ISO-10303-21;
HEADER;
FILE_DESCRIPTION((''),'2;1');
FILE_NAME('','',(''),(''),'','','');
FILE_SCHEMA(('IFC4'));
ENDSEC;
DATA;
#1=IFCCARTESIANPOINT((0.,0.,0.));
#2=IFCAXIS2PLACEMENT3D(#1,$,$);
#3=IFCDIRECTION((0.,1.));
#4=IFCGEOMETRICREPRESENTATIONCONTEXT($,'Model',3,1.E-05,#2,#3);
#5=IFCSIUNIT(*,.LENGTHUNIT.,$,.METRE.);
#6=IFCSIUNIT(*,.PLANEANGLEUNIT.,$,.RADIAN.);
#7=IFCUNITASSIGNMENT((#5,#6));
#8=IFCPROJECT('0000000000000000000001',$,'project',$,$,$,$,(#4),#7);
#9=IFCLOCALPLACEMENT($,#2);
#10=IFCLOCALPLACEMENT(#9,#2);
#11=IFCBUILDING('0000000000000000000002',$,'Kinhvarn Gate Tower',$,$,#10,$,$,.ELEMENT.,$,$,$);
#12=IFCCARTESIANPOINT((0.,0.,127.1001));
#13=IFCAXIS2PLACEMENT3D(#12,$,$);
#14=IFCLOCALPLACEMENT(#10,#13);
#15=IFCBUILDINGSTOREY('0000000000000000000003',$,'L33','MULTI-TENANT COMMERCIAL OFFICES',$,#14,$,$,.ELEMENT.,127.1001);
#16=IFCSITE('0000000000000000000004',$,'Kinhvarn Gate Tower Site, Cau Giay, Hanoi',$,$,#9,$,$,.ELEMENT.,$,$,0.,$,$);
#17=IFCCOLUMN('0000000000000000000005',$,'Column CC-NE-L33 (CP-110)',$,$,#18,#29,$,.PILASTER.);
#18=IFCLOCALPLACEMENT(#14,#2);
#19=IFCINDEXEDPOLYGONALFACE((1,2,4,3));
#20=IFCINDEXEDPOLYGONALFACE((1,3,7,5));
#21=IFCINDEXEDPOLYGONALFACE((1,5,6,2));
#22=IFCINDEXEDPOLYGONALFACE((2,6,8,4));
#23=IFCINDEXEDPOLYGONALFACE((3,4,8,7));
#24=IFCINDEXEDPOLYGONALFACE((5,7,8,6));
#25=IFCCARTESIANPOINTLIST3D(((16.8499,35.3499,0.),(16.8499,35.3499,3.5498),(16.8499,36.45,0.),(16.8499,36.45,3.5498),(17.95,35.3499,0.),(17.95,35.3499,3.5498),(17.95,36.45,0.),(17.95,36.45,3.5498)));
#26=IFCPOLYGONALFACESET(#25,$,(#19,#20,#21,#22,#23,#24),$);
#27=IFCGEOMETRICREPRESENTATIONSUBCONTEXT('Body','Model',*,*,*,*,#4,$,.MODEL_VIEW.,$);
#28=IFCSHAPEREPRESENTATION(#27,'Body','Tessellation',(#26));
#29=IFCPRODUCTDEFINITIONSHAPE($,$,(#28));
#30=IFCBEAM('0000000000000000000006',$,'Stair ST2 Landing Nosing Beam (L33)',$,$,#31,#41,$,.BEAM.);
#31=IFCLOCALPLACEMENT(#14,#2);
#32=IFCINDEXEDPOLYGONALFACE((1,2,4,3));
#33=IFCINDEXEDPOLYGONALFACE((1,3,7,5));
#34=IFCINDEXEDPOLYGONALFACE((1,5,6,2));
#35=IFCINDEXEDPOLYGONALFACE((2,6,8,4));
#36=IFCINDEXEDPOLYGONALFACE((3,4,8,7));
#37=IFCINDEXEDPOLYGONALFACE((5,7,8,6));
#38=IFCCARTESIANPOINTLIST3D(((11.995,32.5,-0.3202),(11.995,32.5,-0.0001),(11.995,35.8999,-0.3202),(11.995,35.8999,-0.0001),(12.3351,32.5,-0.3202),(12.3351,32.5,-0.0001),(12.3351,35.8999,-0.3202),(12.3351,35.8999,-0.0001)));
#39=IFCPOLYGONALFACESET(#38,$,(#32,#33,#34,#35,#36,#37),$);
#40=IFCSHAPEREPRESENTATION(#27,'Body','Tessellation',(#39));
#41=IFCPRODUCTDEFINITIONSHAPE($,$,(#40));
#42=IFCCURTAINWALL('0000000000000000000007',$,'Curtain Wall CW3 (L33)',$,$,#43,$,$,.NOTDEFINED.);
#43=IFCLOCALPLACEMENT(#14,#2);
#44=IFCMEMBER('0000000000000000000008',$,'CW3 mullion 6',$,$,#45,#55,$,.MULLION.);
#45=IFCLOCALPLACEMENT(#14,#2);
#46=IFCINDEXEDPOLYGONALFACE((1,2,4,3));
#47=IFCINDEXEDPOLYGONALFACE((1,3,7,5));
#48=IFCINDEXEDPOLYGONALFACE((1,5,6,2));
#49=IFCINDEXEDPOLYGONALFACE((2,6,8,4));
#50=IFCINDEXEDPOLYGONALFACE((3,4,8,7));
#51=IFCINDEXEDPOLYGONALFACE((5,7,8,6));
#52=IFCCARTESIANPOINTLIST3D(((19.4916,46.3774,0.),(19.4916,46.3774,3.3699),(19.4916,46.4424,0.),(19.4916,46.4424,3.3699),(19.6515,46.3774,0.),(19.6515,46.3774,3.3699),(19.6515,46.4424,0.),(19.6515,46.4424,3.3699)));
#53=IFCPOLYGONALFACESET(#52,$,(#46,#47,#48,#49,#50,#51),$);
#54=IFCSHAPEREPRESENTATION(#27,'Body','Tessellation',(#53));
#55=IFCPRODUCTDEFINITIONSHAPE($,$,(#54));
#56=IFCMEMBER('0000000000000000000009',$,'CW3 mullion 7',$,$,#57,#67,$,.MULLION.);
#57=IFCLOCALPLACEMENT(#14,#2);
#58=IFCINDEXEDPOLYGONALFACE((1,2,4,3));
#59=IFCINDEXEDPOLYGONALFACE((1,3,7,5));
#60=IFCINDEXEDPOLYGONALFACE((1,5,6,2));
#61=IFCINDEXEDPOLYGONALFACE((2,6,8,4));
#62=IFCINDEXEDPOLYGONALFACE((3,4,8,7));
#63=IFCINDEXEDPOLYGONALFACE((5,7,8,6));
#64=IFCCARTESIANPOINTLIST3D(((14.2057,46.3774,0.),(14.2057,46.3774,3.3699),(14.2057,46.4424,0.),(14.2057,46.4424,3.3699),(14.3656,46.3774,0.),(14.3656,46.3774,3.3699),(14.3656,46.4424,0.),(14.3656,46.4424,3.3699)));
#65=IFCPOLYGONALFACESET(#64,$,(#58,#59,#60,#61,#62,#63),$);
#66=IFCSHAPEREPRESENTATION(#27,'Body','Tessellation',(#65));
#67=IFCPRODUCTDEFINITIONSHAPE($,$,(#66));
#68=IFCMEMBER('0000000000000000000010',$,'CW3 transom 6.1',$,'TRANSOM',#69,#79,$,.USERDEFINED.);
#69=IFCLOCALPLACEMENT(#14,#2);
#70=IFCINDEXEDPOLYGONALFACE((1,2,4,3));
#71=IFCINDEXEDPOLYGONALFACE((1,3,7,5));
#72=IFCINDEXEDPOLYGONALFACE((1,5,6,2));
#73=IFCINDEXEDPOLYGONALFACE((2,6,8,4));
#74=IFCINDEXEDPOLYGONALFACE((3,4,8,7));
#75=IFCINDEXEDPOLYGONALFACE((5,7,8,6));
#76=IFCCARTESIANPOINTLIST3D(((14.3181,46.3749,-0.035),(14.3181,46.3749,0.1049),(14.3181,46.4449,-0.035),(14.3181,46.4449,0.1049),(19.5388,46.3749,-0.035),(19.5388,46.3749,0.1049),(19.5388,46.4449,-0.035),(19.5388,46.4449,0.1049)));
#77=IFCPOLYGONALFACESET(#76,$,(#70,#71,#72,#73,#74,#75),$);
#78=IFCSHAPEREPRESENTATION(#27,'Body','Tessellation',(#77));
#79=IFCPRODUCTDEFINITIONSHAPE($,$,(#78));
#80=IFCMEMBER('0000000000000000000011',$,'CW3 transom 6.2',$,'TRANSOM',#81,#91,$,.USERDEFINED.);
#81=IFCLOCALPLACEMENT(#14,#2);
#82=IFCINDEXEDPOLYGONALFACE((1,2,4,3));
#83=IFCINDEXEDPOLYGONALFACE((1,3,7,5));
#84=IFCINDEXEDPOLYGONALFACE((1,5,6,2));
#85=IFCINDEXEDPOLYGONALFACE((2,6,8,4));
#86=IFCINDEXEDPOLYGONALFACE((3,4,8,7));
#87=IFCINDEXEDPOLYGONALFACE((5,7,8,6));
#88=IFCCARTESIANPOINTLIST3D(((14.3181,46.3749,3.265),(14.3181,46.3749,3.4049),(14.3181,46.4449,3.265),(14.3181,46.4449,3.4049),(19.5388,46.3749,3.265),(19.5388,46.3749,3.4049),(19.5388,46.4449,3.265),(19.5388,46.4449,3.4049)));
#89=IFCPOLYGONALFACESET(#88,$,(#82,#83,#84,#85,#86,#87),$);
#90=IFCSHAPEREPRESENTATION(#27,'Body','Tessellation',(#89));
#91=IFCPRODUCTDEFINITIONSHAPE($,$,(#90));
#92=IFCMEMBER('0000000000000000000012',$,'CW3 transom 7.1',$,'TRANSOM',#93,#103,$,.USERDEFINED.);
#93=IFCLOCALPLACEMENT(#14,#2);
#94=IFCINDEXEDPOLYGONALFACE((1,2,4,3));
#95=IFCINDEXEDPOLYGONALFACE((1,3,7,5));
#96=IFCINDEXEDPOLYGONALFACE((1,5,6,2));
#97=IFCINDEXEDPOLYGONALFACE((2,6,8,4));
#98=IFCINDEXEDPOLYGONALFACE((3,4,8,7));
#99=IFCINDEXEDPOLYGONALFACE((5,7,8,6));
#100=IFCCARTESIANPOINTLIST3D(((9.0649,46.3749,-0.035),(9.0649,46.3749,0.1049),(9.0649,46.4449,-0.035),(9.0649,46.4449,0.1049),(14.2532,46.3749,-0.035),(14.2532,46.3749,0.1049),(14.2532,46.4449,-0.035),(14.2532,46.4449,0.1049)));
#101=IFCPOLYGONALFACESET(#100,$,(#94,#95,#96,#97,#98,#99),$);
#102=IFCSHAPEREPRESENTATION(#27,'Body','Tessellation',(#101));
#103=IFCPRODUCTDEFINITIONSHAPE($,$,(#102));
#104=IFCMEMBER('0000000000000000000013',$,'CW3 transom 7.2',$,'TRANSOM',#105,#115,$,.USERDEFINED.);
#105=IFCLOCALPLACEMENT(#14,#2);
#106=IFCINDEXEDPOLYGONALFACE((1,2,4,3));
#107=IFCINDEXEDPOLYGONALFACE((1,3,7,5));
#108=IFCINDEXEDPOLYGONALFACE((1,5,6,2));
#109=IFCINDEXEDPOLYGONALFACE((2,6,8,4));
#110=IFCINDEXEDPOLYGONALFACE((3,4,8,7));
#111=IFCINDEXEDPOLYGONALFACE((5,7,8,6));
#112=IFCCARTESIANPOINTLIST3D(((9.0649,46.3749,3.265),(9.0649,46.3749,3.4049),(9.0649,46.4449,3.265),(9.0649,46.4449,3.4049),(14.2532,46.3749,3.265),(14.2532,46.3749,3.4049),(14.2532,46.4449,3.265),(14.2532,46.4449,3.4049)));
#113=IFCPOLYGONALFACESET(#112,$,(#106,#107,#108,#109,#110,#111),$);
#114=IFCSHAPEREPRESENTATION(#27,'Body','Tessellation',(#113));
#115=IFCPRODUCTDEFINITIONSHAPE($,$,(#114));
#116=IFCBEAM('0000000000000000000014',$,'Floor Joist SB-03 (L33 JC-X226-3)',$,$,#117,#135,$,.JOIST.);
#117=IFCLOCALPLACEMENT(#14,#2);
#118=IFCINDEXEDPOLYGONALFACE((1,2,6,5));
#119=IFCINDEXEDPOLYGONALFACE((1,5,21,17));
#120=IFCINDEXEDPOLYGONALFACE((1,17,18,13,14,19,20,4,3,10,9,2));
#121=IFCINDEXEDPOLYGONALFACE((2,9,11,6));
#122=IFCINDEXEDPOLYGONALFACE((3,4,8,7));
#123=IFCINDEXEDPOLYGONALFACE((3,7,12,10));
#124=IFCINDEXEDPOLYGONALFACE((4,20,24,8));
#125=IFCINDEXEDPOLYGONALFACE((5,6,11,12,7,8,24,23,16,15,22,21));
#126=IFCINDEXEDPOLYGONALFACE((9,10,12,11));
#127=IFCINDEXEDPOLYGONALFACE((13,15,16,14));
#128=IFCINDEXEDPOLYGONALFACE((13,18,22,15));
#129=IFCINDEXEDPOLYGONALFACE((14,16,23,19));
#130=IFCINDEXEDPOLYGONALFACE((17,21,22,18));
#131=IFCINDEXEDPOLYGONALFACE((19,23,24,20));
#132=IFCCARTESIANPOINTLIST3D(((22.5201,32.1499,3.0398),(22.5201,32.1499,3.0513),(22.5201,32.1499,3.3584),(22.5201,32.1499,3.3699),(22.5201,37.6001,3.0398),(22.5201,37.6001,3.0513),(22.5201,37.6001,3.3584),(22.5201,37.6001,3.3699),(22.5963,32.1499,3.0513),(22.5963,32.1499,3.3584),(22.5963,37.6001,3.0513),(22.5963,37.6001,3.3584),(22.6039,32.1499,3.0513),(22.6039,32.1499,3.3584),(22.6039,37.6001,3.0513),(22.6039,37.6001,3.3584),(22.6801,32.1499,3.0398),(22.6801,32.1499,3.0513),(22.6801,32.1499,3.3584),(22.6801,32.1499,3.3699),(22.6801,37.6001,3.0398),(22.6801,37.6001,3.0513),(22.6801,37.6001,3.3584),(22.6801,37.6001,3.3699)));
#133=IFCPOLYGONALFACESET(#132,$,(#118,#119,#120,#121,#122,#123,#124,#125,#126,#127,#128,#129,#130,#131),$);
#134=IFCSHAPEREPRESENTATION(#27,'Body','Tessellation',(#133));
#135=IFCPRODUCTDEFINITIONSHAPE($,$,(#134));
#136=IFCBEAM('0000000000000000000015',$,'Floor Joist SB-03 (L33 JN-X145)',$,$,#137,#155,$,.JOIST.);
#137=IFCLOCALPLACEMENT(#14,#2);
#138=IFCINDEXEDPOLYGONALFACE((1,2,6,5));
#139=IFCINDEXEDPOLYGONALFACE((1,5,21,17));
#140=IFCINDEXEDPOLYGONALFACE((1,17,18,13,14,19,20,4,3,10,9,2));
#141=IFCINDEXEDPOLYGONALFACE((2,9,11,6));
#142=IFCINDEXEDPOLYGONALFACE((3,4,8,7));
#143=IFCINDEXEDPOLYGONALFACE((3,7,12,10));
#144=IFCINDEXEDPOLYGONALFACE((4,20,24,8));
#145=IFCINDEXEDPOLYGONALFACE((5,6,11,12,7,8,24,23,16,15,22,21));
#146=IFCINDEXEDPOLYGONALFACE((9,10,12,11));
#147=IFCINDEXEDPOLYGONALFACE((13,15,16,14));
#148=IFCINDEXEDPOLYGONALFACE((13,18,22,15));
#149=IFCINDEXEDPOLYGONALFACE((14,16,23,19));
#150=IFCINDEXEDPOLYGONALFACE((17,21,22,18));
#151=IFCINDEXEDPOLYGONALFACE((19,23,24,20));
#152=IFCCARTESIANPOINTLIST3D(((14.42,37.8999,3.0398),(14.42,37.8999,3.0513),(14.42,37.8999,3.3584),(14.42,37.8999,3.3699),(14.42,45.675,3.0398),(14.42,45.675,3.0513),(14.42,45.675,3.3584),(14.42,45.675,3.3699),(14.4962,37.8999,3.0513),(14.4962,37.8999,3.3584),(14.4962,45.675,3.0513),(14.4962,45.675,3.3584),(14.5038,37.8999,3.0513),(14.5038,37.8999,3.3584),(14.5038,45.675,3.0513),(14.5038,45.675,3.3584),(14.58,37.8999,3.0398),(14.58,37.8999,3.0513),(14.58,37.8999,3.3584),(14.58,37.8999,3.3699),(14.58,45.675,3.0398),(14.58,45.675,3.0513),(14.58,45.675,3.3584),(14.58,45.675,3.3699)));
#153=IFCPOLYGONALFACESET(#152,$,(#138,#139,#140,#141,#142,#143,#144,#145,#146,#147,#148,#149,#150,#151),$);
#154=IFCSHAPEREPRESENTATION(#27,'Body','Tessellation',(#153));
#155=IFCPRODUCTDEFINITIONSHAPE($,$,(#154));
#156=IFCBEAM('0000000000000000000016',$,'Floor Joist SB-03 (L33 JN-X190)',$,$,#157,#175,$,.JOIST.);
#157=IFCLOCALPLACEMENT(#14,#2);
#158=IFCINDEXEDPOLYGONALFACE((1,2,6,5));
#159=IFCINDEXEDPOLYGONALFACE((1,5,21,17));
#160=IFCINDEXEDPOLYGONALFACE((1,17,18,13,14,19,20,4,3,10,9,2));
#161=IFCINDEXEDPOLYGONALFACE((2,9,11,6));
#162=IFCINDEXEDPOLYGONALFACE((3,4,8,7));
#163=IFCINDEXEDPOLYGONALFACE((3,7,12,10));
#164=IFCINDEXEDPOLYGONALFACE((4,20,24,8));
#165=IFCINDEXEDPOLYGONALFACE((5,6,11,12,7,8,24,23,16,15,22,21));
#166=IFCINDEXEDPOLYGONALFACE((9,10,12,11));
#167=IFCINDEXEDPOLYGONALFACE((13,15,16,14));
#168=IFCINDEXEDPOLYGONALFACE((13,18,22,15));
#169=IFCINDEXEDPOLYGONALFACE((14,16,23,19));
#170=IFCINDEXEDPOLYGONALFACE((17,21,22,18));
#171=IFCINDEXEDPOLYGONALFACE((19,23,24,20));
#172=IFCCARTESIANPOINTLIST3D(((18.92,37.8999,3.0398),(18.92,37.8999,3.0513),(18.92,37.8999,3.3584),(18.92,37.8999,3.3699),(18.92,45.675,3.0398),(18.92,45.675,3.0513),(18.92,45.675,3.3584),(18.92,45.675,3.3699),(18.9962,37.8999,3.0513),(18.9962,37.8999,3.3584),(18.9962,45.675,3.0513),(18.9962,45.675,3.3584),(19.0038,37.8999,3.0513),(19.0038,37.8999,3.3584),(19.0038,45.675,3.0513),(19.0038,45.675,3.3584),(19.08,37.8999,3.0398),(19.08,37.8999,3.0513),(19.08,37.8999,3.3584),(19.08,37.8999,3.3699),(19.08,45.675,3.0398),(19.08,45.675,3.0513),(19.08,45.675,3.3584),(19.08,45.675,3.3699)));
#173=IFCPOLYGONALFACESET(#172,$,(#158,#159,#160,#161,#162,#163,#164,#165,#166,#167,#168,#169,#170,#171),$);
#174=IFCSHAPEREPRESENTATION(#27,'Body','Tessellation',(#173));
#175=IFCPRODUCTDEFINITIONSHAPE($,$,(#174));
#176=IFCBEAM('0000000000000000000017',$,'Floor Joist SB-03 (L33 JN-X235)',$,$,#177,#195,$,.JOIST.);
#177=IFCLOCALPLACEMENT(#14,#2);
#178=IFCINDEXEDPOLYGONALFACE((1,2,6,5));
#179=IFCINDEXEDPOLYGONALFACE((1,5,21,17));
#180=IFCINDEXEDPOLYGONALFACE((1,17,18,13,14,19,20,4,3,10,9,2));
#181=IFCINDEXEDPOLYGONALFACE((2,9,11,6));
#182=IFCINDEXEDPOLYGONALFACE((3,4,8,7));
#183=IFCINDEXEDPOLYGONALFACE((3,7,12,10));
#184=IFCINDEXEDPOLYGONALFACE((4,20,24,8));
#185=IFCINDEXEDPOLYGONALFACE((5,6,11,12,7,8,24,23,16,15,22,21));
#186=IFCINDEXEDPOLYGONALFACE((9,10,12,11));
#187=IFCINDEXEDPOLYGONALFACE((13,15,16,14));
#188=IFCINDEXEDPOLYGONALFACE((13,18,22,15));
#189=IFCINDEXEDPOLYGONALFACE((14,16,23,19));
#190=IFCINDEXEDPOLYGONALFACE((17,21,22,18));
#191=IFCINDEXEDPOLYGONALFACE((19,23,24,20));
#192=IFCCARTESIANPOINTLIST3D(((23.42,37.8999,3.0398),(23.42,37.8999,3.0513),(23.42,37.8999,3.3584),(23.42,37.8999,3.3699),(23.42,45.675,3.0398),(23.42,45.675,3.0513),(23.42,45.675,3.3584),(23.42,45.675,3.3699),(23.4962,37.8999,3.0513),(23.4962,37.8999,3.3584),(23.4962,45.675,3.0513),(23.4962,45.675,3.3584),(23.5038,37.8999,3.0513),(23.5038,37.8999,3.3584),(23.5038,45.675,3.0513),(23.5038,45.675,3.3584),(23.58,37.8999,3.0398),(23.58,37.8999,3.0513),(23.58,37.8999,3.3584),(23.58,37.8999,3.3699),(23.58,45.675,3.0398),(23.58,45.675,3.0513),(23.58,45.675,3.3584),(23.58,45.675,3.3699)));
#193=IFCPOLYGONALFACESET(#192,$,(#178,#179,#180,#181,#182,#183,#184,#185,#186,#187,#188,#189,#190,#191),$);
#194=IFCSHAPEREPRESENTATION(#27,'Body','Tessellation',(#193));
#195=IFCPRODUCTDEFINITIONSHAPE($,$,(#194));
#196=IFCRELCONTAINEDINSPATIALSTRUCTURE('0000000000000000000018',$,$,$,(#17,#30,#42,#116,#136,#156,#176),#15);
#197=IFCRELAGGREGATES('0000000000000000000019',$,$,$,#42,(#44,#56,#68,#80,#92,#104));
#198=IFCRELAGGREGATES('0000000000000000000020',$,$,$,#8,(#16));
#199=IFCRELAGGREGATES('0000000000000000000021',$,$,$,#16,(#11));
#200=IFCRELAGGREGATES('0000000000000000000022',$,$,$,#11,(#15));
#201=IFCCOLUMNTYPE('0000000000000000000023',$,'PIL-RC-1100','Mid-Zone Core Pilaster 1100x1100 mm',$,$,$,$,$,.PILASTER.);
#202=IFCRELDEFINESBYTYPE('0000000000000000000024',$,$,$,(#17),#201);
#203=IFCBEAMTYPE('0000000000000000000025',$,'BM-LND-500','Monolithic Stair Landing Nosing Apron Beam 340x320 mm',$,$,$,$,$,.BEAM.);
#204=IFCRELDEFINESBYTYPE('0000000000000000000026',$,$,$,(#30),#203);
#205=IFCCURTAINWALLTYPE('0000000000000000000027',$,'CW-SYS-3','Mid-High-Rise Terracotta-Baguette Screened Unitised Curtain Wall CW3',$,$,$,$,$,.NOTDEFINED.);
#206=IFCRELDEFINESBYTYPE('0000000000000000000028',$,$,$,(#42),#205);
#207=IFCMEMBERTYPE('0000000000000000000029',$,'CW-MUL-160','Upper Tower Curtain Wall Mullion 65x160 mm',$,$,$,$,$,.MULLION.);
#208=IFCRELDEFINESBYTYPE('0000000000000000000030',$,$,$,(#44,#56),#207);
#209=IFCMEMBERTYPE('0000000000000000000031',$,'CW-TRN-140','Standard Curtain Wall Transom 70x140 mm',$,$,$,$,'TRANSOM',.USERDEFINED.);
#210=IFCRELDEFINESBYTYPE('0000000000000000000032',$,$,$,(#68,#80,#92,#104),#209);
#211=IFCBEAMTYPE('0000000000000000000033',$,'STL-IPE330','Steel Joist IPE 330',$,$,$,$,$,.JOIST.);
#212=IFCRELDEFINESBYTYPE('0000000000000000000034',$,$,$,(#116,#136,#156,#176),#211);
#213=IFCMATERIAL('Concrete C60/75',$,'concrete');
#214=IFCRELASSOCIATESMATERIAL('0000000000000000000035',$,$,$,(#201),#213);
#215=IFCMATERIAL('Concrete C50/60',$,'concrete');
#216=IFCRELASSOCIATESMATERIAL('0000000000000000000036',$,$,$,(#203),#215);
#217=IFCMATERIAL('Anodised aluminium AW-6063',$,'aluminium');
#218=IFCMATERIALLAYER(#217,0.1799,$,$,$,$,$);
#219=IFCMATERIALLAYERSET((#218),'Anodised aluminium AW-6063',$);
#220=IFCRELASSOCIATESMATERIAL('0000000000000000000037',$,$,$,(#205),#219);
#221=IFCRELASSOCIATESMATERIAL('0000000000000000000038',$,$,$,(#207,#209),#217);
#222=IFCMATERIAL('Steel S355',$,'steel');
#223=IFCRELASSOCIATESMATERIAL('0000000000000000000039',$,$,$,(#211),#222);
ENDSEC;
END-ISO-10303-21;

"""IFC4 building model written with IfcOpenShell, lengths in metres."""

from ifc_helpers import new_model, si_unit, direction, frame, origin, origin_2d, place, context, subcontext, project, spatial, rectangle, i_section, extrude, material, layer, layer_set, material_profile, profile_set, type_object, element, aggregate, save


model = new_model("IFC4")

# Units and contexts
model_context = context("Model", 3, precision=1e-05, world=origin(), true_north=direction((0.0, 1.0)))
body_context = subcontext(model_context, "Body", "Model", "MODEL_VIEW")
ifc_project = project(units=[si_unit("LENGTHUNIT", "METRE"), si_unit("PLANEANGLEUNIT", "RADIAN")], contexts=[model_context])

# Site, building, storey
site_placement = place(None, origin())
site = spatial("IfcSite", under=ifc_project, at=site_placement, Name="Kinhvarn Gate Tower Site, Cau Giay, Hanoi", CompositionType="ELEMENT", RefElevation=0.0)
building_placement = place(site_placement, origin())
building = spatial("IfcBuilding", under=site, at=building_placement, Name="Kinhvarn Gate Tower", CompositionType="ELEMENT")
storey_placement = place(building_placement, frame((0.0, 0.0, 127.1001)))
storey = spatial("IfcBuildingStorey", under=building, at=storey_placement, Name="L33", Description="MULTI-TENANT COMMERCIAL OFFICES", CompositionType="ELEMENT", Elevation=127.1001)

# Column
ifc_material_1 = material(Name="Concrete C60/75", Category="concrete")
ifc_material_profile_1 = material_profile(ifc_material_1, rectangle(XDim=1.1001, YDim=1.1001, at=origin_2d()), Name="RC 1100x1100")
ifc_profile_set_1 = profile_set([ifc_material_profile_1], Name="Concrete C60/75")
column_type = type_object("IfcColumnType", Name="PIL-RC-1100", Description="Mid-Zone Core Pilaster 1100x1100 mm", PredefinedType="PILASTER", material=ifc_profile_set_1)
column_placement = place(storey_placement, frame((17.3999, 35.8999, 0.0), z_axis=(0.0, 0.0, 1.0), x_axis=(1.0, 0.0, 0.0)))
element("IfcColumn", 1, at=column_placement, inside=storey, type_object=column_type, Name="Column CC-NE-L33 (CP-110)", PredefinedType="PILASTER", context=body_context, shape_type="SweptSolid", body=[
    extrude(rectangle(XDim=1.1001, YDim=1.1001, at=origin_2d()), origin(), (0.0, 0.0, 1.0), 3.5498),
])

# Beam
ifc_material_2 = material(Name="Concrete C50/60", Category="concrete")
ifc_material_profile_2 = material_profile(ifc_material_2, rectangle(XDim=0.3401, YDim=0.3201, at=origin_2d()), Name="RC 340x320")
ifc_profile_set_2 = profile_set([ifc_material_profile_2], Name="Concrete C50/60")
beam_type_1 = type_object("IfcBeamType", Name="BM-LND-500", Description="Monolithic Stair Landing Nosing Apron Beam 340x320 mm", PredefinedType="BEAM", material=ifc_profile_set_2)
beam_1_placement = place(storey_placement, frame((12.165, 32.5, -0.1602), z_axis=(0.0, 1.0, 0.0), x_axis=(-1.0, 0.0, 0.0)))
element("IfcBeam", 2, at=beam_1_placement, inside=storey, type_object=beam_type_1, Name="Stair ST2 Landing Nosing Beam (L33)", PredefinedType="BEAM", context=body_context, shape_type="SweptSolid", body=[
    extrude(rectangle(XDim=0.3401, YDim=0.3201, at=origin_2d()), origin(), (0.0, 0.0, 1.0), 3.3999),
])

# Curtain wall, members
ifc_material_3 = material(Name="Anodised aluminium AW-6063", Category="aluminium")
ifc_layer_1 = layer(ifc_material_3, 0.1799)
ifc_layer_set_1 = layer_set([ifc_layer_1], Name="Anodised aluminium AW-6063")
curtain_wall_type = type_object("IfcCurtainWallType", Name="CW-SYS-3", Description="Mid-High-Rise Terracotta-Baguette Screened Unitised Curtain Wall CW3", PredefinedType="NOTDEFINED", material=ifc_layer_set_1)
curtain_wall_placement = place(storey_placement, origin())
curtain_wall = element("IfcCurtainWall", 3, at=curtain_wall_placement, inside=storey, type_object=curtain_wall_type, Name="Curtain Wall CW3 (L33)", PredefinedType="NOTDEFINED")
ifc_material_profile_3 = material_profile(ifc_material_3, rectangle(XDim=0.0649, YDim=0.1599, at=origin_2d()), Name="ALU 65x160")
ifc_profile_set_3 = profile_set([ifc_material_profile_3], Name="Anodised aluminium AW-6063")
member_type_1 = type_object("IfcMemberType", Name="CW-MUL-160", Description="Upper Tower Curtain Wall Mullion 65x160 mm", PredefinedType="MULLION", material=ifc_profile_set_3)
member_1_placement = place(storey_placement, frame((19.5715, 46.4099, 0.0), z_axis=(0.0, 0.0, 1.0), x_axis=(0.0, -1.0, 0.0)))
member_1 = element("IfcMember", 4, at=member_1_placement, type_object=member_type_1, Name="CW3 mullion 6", PredefinedType="MULLION", context=body_context, shape_type="SweptSolid", body=[
    extrude(rectangle(XDim=0.0649, YDim=0.1599, at=origin_2d()), origin(), (0.0, 0.0, 1.0), 3.3699),
])
member_2_placement = place(storey_placement, frame((14.2856, 46.4099, 0.0), z_axis=(0.0, 0.0, 1.0), x_axis=(0.0, -1.0, 0.0)))
member_2 = element("IfcMember", 5, at=member_2_placement, type_object=member_type_1, Name="CW3 mullion 7", PredefinedType="MULLION", context=body_context, shape_type="SweptSolid", body=[
    extrude(rectangle(XDim=0.0649, YDim=0.1599, at=origin_2d()), origin(), (0.0, 0.0, 1.0), 3.3699),
])
ifc_material_profile_4 = material_profile(ifc_material_3, rectangle(XDim=0.0701, YDim=0.1399, at=origin_2d()), Name="ALU 70x140")
ifc_profile_set_4 = profile_set([ifc_material_profile_4], Name="Anodised aluminium AW-6063")
member_type_2 = type_object("IfcMemberType", Name="CW-TRN-140", Description="Standard Curtain Wall Transom 70x140 mm", ElementType="TRANSOM", PredefinedType="USERDEFINED", material=ifc_profile_set_4)
member_3_placement = place(storey_placement, frame((19.5388, 46.4099, 0.0349), z_axis=(-1.0, 0.0, 0.0), x_axis=(0.0, -1.0, 0.0)))
member_3 = element("IfcMember", 6, at=member_3_placement, type_object=member_type_2, Name="CW3 transom 6.1", ObjectType="TRANSOM", PredefinedType="USERDEFINED", context=body_context, shape_type="SweptSolid", body=[
    extrude(rectangle(XDim=0.0701, YDim=0.1399, at=origin_2d()), origin(), (0.0, 0.0, 1.0), 5.2207),
])
member_4_placement = place(storey_placement, frame((19.5388, 46.4099, 3.335), z_axis=(-1.0, 0.0, 0.0), x_axis=(0.0, -1.0, 0.0)))
member_4 = element("IfcMember", 7, at=member_4_placement, type_object=member_type_2, Name="CW3 transom 6.2", ObjectType="TRANSOM", PredefinedType="USERDEFINED", context=body_context, shape_type="SweptSolid", body=[
    extrude(rectangle(XDim=0.0701, YDim=0.1399, at=origin_2d()), origin(), (0.0, 0.0, 1.0), 5.2207),
])
member_5_placement = place(storey_placement, frame((14.2532, 46.4099, 0.0349), z_axis=(-1.0, 0.0, 0.0), x_axis=(0.0, -1.0, 0.0)))
member_5 = element("IfcMember", 8, at=member_5_placement, type_object=member_type_2, Name="CW3 transom 7.1", ObjectType="TRANSOM", PredefinedType="USERDEFINED", context=body_context, shape_type="SweptSolid", body=[
    extrude(rectangle(XDim=0.0701, YDim=0.1399, at=origin_2d()), origin(), (0.0, 0.0, 1.0), 5.1882),
])
member_6_placement = place(storey_placement, frame((14.2532, 46.4099, 3.335), z_axis=(-1.0, 0.0, 0.0), x_axis=(0.0, -1.0, 0.0)))
member_6 = element("IfcMember", 9, at=member_6_placement, type_object=member_type_2, Name="CW3 transom 7.2", ObjectType="TRANSOM", PredefinedType="USERDEFINED", context=body_context, shape_type="SweptSolid", body=[
    extrude(rectangle(XDim=0.0701, YDim=0.1399, at=origin_2d()), origin(), (0.0, 0.0, 1.0), 5.1882),
])

# Beams
ifc_material_4 = material(Name="Steel S355", Category="steel")
ifc_material_profile_5 = material_profile(ifc_material_4, i_section(OverallWidth=0.1599, OverallDepth=0.3301, WebThickness=0.0076, FlangeThickness=0.0115, at=origin_2d()), Name="IPE 330")
ifc_profile_set_5 = profile_set([ifc_material_profile_5], Name="Steel S355")
beam_type_2 = type_object("IfcBeamType", Name="STL-IPE330", Description="Steel Joist IPE 330", PredefinedType="JOIST", material=ifc_profile_set_5)
beam_2_placement = place(storey_placement, frame((22.6001, 32.1499, 3.2048), z_axis=(0.0, 1.0, 0.0), x_axis=(-1.0, 0.0, 0.0)))
element("IfcBeam", 10, at=beam_2_placement, inside=storey, type_object=beam_type_2, Name="Floor Joist SB-03 (L33 JC-X226-3)", PredefinedType="JOIST", context=body_context, shape_type="SweptSolid", body=[
    extrude(i_section(OverallWidth=0.1599, OverallDepth=0.3301, WebThickness=0.0076, FlangeThickness=0.0115, at=origin_2d()), origin(), (0.0, 0.0, 1.0), 5.4502),
])
for number, where, z_axis, x_axis, name in (
    (11, (14.5, 37.8999, 3.2048), (0.0, 1.0, 0.0), (-1.0, 0.0, 0.0), "Floor Joist SB-03 (L33 JN-X145)"),
    (12, (19.0, 37.8999, 3.2048), (0.0, 1.0, 0.0), (-1.0, 0.0, 0.0), "Floor Joist SB-03 (L33 JN-X190)"),
    (13, (23.5, 37.8999, 3.2048), (0.0, 1.0, 0.0), (-1.0, 0.0, 0.0), "Floor Joist SB-03 (L33 JN-X235)"),
):
    element("IfcBeam", number, at=place(storey_placement, frame(where, z_axis=z_axis, x_axis=x_axis)), inside=storey, type_object=beam_type_2, Name=name, PredefinedType="JOIST", context=body_context, shape_type="SweptSolid", body=[
        extrude(i_section(OverallWidth=0.1599, OverallDepth=0.3301, WebThickness=0.0076, FlangeThickness=0.0115, at=origin_2d()), origin(), (0.0, 0.0, 1.0), 7.7751),
    ])

aggregate(curtain_wall, [member_1, member_2, member_3, member_4, member_5, member_6])

save(model, "model.ifc")
